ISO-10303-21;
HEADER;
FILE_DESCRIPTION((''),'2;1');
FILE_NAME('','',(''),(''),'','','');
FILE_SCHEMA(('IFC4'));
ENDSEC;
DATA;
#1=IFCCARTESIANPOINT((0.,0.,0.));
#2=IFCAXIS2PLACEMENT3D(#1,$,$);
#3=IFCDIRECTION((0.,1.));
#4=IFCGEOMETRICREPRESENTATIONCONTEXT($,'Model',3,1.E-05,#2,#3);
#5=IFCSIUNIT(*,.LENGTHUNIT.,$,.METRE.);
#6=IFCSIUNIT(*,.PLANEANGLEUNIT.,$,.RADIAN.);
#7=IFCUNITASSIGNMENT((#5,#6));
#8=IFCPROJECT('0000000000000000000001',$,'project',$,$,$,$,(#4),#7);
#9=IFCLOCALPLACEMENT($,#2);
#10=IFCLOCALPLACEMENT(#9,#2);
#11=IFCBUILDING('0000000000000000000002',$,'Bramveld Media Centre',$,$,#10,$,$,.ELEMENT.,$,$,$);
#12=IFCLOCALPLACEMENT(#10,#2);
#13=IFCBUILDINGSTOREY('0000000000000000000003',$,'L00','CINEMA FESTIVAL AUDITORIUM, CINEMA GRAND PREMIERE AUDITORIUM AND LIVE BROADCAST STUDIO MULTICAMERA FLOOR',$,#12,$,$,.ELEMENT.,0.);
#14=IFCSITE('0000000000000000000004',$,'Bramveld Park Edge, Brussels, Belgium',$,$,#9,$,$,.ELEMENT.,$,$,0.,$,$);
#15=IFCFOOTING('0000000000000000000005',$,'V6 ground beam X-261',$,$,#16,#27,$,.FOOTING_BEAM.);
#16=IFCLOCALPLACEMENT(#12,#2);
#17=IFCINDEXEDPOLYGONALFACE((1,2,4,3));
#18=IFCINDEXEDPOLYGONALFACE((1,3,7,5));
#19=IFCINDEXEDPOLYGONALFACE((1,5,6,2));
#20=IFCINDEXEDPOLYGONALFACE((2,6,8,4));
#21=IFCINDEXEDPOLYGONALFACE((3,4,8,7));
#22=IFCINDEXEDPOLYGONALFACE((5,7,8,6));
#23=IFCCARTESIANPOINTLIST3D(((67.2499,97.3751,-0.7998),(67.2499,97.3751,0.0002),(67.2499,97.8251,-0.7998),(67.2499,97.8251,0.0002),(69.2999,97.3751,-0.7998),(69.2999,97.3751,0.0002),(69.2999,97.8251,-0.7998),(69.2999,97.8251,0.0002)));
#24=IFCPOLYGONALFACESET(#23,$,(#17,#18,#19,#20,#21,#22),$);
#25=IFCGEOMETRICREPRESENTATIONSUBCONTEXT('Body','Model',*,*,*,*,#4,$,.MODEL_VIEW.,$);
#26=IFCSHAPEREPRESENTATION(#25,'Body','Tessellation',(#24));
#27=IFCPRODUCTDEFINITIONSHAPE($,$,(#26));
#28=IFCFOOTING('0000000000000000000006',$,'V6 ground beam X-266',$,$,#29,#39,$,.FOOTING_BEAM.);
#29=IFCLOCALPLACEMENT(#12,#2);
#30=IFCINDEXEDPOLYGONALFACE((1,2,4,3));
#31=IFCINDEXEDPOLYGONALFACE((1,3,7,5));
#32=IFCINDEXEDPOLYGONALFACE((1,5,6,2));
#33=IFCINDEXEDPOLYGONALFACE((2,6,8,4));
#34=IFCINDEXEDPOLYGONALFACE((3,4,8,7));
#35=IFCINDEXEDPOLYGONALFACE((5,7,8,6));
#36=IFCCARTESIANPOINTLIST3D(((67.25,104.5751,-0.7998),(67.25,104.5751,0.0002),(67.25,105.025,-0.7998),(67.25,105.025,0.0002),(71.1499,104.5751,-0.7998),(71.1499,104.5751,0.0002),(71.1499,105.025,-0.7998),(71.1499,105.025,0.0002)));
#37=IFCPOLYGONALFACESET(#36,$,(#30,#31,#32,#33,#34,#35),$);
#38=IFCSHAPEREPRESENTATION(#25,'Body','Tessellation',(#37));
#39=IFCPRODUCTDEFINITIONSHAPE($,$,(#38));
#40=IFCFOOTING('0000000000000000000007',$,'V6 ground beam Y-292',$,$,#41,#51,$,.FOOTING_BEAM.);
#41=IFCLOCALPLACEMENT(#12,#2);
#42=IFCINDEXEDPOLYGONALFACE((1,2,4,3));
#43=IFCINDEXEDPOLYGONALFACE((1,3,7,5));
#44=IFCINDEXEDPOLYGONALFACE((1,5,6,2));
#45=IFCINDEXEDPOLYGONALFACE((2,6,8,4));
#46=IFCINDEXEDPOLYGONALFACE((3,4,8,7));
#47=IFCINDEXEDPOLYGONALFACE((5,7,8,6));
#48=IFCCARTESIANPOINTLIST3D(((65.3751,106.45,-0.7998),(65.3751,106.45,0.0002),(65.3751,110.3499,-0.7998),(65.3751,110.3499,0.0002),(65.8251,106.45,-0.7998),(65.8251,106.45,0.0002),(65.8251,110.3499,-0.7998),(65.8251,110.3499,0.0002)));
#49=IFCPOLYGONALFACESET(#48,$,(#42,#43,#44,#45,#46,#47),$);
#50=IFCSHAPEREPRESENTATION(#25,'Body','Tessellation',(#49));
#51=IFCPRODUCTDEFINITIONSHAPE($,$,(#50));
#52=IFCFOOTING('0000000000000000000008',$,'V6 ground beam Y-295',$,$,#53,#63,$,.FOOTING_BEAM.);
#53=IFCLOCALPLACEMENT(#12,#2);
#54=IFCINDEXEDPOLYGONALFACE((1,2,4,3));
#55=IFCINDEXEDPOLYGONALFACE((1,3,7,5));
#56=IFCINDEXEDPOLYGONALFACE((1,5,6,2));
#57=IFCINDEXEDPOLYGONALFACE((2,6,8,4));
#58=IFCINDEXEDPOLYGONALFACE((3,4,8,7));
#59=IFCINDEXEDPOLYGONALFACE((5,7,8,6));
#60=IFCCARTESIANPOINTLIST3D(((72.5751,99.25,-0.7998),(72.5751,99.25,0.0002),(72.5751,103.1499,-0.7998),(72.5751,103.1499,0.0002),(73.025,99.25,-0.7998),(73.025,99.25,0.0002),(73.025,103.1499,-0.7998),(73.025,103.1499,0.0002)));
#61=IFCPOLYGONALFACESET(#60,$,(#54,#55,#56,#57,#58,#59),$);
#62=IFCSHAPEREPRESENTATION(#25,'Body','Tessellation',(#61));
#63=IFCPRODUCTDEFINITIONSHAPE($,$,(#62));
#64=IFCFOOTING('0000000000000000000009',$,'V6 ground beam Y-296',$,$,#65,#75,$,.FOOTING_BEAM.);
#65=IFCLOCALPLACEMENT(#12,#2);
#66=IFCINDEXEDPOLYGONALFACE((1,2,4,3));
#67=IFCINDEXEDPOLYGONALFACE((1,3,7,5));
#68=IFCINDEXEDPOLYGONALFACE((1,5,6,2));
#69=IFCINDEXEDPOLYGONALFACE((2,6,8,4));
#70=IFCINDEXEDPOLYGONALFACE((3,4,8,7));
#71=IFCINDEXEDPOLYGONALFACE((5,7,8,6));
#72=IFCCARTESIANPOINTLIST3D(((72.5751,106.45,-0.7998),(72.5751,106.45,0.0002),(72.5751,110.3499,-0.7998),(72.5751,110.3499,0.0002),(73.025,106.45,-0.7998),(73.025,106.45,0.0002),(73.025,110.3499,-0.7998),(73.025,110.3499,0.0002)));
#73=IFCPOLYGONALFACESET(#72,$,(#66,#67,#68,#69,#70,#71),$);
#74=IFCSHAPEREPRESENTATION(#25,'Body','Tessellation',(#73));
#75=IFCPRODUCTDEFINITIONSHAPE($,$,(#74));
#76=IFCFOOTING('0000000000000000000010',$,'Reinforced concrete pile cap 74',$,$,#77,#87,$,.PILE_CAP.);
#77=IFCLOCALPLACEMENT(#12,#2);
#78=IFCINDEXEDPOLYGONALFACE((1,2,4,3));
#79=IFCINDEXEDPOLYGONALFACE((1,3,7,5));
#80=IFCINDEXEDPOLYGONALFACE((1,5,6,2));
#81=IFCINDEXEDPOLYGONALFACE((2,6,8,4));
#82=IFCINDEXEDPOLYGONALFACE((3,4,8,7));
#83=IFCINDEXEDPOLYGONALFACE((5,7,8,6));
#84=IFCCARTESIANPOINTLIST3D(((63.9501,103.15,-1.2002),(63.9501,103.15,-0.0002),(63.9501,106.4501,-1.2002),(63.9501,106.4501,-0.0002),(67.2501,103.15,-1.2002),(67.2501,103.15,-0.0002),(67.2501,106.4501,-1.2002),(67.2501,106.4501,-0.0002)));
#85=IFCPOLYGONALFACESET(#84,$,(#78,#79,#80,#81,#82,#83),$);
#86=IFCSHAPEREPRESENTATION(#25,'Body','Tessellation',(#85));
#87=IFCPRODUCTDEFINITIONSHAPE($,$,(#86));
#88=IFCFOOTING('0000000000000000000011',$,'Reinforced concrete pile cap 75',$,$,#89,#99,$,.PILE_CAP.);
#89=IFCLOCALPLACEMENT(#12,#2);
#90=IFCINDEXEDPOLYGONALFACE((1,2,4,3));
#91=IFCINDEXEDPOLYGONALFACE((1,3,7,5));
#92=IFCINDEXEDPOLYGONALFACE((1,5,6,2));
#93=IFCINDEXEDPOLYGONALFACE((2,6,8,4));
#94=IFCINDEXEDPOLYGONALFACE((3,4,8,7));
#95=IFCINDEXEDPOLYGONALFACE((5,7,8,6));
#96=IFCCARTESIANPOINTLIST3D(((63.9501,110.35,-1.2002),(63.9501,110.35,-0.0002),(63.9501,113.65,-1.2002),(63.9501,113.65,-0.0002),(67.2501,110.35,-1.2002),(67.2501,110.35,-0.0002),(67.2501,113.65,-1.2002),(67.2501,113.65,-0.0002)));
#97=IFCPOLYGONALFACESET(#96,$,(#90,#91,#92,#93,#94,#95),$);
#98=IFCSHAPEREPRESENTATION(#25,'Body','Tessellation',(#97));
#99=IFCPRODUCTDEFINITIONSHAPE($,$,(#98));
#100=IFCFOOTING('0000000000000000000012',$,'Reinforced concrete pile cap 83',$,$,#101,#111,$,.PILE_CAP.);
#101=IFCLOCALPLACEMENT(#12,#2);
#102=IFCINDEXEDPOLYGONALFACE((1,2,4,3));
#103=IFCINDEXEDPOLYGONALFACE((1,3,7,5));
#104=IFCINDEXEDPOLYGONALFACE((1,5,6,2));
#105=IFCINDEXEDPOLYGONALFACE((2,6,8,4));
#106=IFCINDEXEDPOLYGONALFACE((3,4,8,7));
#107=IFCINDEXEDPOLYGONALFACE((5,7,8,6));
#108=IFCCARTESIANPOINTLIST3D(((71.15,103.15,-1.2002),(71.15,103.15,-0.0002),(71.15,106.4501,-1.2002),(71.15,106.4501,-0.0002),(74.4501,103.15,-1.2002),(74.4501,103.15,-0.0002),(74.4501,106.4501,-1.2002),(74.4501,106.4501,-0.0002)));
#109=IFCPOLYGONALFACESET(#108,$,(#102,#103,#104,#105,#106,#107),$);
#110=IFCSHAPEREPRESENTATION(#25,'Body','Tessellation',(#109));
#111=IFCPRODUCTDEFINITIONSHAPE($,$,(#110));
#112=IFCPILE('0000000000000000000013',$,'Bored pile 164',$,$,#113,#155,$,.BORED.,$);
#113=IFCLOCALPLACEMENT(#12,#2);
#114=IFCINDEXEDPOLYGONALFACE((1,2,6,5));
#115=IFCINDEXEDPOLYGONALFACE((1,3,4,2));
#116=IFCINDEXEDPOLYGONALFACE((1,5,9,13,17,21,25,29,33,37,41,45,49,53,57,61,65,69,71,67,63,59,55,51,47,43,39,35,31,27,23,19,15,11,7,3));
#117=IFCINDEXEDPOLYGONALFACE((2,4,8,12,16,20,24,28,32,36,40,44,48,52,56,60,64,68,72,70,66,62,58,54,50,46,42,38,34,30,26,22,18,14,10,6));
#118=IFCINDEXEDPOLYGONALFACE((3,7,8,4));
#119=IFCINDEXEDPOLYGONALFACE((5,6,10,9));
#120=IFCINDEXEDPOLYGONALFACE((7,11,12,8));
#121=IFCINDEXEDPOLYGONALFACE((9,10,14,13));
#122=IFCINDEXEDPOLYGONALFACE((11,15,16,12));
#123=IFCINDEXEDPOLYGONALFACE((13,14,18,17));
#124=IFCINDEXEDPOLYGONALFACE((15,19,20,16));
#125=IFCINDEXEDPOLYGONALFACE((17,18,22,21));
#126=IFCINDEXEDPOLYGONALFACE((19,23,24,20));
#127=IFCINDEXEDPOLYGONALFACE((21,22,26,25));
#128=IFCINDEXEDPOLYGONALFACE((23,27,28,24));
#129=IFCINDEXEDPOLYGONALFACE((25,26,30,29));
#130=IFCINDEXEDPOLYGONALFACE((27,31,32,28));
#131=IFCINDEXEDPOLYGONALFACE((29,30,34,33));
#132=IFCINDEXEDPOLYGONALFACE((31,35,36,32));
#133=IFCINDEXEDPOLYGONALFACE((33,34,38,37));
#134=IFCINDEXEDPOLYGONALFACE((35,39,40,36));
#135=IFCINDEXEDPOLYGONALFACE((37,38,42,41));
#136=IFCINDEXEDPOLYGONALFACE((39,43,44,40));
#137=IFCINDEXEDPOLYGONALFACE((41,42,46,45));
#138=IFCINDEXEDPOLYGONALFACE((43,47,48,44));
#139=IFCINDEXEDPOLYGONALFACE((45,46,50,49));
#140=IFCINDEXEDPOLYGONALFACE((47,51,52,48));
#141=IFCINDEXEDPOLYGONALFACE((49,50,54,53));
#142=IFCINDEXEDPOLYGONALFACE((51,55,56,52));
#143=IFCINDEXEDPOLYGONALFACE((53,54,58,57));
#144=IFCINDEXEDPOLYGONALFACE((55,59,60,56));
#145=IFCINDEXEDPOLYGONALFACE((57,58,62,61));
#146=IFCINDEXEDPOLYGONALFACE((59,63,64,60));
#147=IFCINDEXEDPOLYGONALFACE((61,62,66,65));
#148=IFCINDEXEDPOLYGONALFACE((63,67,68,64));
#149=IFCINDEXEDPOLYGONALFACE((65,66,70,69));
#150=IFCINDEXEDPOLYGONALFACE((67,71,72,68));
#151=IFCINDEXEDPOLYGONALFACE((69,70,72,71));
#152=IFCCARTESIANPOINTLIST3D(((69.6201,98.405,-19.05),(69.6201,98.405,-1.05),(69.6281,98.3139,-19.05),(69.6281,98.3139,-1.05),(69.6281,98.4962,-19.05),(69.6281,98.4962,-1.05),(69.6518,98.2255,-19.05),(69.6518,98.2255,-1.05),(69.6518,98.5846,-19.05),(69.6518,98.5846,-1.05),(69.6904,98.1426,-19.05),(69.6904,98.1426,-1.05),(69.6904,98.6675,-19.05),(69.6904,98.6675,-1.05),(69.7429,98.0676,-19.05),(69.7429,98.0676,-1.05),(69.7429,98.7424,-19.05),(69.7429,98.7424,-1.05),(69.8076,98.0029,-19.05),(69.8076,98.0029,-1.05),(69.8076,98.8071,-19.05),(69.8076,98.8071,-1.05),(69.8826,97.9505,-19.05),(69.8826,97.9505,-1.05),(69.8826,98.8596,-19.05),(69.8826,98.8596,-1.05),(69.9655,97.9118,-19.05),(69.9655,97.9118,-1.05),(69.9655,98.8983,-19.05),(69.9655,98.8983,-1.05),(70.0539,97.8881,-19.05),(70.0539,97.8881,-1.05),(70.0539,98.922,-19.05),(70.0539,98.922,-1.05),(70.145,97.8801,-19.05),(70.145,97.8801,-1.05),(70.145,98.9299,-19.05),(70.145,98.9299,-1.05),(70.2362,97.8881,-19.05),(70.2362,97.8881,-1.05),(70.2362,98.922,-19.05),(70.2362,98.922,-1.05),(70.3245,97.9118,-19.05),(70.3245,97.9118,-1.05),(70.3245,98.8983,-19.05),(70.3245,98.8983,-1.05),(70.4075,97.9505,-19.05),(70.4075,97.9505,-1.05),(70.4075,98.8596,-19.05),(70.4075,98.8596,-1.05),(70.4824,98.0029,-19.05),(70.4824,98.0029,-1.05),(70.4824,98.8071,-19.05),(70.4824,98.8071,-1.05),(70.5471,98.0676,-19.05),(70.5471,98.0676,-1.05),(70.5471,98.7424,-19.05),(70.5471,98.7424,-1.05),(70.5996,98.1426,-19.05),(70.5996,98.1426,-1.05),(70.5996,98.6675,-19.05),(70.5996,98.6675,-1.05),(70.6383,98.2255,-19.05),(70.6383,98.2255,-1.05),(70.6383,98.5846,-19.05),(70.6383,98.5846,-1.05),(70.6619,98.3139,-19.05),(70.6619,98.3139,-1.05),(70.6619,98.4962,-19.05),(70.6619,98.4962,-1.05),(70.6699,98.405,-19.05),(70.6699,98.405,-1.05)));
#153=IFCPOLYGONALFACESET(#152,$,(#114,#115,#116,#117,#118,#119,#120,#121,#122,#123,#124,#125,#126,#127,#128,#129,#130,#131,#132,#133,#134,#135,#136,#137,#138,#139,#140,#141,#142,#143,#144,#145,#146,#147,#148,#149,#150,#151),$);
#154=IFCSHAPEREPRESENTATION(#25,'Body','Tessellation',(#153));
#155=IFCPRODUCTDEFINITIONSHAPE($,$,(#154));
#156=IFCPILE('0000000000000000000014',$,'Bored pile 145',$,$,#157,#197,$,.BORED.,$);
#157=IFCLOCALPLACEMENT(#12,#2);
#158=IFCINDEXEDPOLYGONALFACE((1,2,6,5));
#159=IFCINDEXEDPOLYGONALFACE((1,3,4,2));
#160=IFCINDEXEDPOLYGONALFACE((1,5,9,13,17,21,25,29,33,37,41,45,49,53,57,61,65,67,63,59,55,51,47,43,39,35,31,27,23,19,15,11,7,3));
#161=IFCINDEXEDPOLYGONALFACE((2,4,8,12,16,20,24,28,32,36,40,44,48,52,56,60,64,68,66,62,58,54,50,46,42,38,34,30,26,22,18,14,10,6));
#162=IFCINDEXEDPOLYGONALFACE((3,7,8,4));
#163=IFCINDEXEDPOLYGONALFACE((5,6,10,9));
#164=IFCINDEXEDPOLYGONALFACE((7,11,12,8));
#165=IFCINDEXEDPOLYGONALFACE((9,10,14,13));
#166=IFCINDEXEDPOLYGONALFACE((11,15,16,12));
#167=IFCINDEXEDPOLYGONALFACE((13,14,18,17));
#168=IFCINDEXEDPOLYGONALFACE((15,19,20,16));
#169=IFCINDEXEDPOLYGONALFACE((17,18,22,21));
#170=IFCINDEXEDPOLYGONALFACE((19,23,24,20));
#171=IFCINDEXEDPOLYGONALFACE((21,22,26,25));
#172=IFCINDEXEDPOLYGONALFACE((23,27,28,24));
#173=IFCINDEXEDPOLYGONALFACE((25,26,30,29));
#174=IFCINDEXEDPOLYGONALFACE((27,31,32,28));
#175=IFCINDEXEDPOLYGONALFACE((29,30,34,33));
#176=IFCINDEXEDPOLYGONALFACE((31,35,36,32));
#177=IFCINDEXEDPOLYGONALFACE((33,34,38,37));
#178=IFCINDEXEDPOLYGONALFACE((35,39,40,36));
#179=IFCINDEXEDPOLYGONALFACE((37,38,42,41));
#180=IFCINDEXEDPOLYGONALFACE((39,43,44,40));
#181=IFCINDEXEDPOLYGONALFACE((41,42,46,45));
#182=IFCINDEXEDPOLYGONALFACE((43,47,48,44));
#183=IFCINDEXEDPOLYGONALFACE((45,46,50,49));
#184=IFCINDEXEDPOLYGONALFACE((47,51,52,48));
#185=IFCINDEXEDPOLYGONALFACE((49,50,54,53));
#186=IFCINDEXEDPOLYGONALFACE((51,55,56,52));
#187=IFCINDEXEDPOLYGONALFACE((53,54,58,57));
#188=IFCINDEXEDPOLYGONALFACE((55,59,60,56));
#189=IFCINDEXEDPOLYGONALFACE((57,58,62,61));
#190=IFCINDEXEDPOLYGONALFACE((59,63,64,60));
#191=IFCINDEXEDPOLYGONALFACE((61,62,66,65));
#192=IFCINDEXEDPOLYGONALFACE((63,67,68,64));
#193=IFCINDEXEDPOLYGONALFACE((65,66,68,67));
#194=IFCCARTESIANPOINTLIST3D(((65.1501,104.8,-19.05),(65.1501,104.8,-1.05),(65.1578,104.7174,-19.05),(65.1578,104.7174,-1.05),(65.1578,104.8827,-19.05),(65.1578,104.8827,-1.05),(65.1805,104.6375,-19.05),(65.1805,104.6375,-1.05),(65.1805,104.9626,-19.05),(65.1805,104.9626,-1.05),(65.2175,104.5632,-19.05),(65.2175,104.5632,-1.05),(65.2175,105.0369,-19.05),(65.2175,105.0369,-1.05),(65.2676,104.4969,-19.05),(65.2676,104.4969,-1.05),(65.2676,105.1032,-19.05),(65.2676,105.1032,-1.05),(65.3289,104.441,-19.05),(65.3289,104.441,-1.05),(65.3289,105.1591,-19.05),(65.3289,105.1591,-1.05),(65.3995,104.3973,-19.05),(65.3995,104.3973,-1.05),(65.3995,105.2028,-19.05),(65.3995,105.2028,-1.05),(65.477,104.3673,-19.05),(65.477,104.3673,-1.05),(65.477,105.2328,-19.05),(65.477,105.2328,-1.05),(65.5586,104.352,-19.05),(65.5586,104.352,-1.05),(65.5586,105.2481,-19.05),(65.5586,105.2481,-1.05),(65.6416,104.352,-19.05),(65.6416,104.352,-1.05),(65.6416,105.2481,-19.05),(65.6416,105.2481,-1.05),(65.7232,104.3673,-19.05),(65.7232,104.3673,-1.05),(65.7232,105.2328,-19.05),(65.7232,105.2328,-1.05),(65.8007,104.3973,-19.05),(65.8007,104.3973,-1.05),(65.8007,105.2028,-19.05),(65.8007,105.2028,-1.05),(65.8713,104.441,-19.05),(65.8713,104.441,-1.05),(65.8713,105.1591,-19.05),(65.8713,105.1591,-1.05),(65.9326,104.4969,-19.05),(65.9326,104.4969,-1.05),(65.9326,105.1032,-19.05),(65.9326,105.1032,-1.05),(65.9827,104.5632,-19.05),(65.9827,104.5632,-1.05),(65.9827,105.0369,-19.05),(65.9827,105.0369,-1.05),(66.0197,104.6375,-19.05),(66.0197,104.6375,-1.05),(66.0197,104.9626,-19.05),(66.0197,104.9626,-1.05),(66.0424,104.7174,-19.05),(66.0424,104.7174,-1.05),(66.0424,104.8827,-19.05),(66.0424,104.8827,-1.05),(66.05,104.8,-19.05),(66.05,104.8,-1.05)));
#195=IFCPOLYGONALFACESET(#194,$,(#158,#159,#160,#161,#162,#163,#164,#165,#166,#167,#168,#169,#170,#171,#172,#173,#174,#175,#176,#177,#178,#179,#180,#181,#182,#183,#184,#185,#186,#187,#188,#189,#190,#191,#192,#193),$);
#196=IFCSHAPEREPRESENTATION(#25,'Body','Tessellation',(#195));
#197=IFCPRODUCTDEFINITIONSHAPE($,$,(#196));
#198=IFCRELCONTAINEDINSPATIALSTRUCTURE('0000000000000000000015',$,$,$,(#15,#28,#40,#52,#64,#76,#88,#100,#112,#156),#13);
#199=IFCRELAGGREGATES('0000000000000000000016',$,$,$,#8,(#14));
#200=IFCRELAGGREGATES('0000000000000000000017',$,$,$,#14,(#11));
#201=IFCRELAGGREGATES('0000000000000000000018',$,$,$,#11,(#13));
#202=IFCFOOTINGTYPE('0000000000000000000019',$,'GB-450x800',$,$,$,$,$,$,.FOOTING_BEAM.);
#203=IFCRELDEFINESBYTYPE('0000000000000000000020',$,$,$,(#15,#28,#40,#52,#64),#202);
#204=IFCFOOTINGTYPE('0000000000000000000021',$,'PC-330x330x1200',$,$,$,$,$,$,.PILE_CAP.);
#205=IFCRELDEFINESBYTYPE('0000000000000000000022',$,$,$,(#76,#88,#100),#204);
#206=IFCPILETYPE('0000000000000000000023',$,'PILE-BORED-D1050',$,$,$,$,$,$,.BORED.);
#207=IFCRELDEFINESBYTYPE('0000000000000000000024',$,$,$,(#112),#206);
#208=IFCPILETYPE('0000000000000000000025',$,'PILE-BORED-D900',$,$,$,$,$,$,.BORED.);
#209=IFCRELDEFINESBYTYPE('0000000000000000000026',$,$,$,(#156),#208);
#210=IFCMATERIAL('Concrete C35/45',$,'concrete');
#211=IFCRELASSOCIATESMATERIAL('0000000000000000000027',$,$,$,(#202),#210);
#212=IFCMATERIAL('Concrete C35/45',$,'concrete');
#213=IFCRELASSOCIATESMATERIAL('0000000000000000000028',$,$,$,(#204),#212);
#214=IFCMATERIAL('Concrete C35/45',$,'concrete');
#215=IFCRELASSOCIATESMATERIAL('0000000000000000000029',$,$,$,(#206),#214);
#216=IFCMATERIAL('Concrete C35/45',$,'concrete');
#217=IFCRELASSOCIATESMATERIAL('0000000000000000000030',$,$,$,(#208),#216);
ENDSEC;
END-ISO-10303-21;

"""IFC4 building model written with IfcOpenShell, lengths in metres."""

from ifc_helpers import new_model, si_unit, direction, frame, origin, origin_2d, place, context, subcontext, project, spatial, rectangle, circle, extrude, material, material_profile, profile_set, type_object, element, save


model = new_model("IFC4")

# Units and contexts
model_context = context("Model", 3, precision=1e-05, world=origin(), true_north=direction((0.0, 1.0)))
body_context = subcontext(model_context, "Body", "Model", "MODEL_VIEW")
ifc_project = project(units=[si_unit("LENGTHUNIT", "METRE"), si_unit("PLANEANGLEUNIT", "RADIAN")], contexts=[model_context])

# Site, building, storey
site_placement = place(None, origin())
site = spatial("IfcSite", under=ifc_project, at=site_placement, Name="Bramveld Park Edge, Brussels, Belgium", CompositionType="ELEMENT", RefElevation=0.0)
building_placement = place(site_placement, origin())
building = spatial("IfcBuilding", under=site, at=building_placement, Name="Bramveld Media Centre", CompositionType="ELEMENT")
storey_placement = place(building_placement, origin())
storey = spatial("IfcBuildingStorey", under=building, at=storey_placement, Name="L00", Description="CINEMA FESTIVAL AUDITORIUM, CINEMA GRAND PREMIERE AUDITORIUM AND LIVE BROADCAST STUDIO MULTICAMERA FLOOR", CompositionType="ELEMENT", Elevation=0.0)

# Footings
ifc_material_1 = material(Name="Concrete C35/45", Category="concrete")
footing_type_1 = type_object("IfcFootingType", Name="GB-450x800", PredefinedType="FOOTING_BEAM", material=ifc_material_1)
footing_1_placement = place(storey_placement, frame((68.2749, 97.6001, -0.7998), z_axis=(0.0, 0.0, 1.0), x_axis=(1.0, 0.0, 0.0)))
element("IfcFooting", 1, at=footing_1_placement, inside=storey, type_object=footing_type_1, Name="V6 ground beam X-261", PredefinedType="FOOTING_BEAM", context=body_context, shape_type="SweptSolid", body=[
    extrude(rectangle(XDim=2.05, YDim=0.45, at=origin_2d()), origin(), (0.0, 0.0, 1.0), 0.8),
])
footing_2_placement = place(storey_placement, frame((69.2, 104.8, -0.7998), z_axis=(0.0, 0.0, 1.0), x_axis=(1.0, 0.0, 0.0)))
element("IfcFooting", 2, at=footing_2_placement, inside=storey, type_object=footing_type_1, Name="V6 ground beam X-266", PredefinedType="FOOTING_BEAM", context=body_context, shape_type="SweptSolid", body=[
    extrude(rectangle(XDim=3.8999, YDim=0.45, at=origin_2d()), origin(), (0.0, 0.0, 1.0), 0.8),
])
for number, where, z_axis, x_axis, name in (
    (3, (65.6001, 108.3999, -0.7998), (0.0, 0.0, 1.0), (1.0, 0.0, 0.0), "V6 ground beam Y-292"),
    (4, (72.8, 101.2, -0.7998), (0.0, 0.0, 1.0), (1.0, 0.0, 0.0), "V6 ground beam Y-295"),
    (5, (72.8, 108.3999, -0.7998), (0.0, 0.0, 1.0), (1.0, 0.0, 0.0), "V6 ground beam Y-296"),
):
    element("IfcFooting", number, at=place(storey_placement, frame(where, z_axis=z_axis, x_axis=x_axis)), inside=storey, type_object=footing_type_1, Name=name, PredefinedType="FOOTING_BEAM", context=body_context, shape_type="SweptSolid", body=[
        extrude(rectangle(XDim=0.45, YDim=3.8999, at=origin_2d()), origin(), (0.0, 0.0, 1.0), 0.8),
    ])
ifc_material_2 = material(Name="Concrete C35/45", Category="concrete")
footing_type_2 = type_object("IfcFootingType", Name="PC-330x330x1200", PredefinedType="PILE_CAP", material=ifc_material_2)
for number, where, z_axis, x_axis, name in (
    (6, (65.6001, 104.8, -1.2002), (0.0, 0.0, 1.0), (1.0, 0.0, 0.0), "Reinforced concrete pile cap 74"),
    (7, (65.6001, 112.0, -1.2002), (0.0, 0.0, 1.0), (1.0, 0.0, 0.0), "Reinforced concrete pile cap 75"),
    (8, (72.8, 104.8, -1.2002), (0.0, 0.0, 1.0), (1.0, 0.0, 0.0), "Reinforced concrete pile cap 83"),
):
    element("IfcFooting", number, at=place(storey_placement, frame(where, z_axis=z_axis, x_axis=x_axis)), inside=storey, type_object=footing_type_2, Name=name, PredefinedType="PILE_CAP", context=body_context, shape_type="SweptSolid", body=[
        extrude(rectangle(XDim=3.3, YDim=3.3, at=origin_2d()), origin(), (0.0, 0.0, 1.0), 1.2),
    ])

# Piles
ifc_material_3 = material(Name="Concrete C35/45", Category="concrete")
ifc_material_profile_1 = material_profile(ifc_material_3, circle(Radius=0.5249, at=origin_2d()), Name="BORED D1050")
ifc_profile_set_1 = profile_set([ifc_material_profile_1], Name="Concrete C35/45")
pile_type_1 = type_object("IfcPileType", Name="PILE-BORED-D1050", PredefinedType="BORED", material=ifc_profile_set_1)
pile_placement = place(storey_placement, frame((70.145, 98.405, -1.05), z_axis=(0.0, 0.0, -1.0), x_axis=(1.0, 0.0, 0.0)))
element("IfcPile", 9, at=pile_placement, inside=storey, type_object=pile_type_1, Name="Bored pile 164", PredefinedType="BORED", context=body_context, shape_type="SweptSolid", body=[
    extrude(circle(Radius=0.5249, at=origin_2d()), origin(), (0.0, 0.0, 1.0), 18.0),
])
ifc_material_4 = material(Name="Concrete C35/45", Category="concrete")
ifc_material_profile_2 = material_profile(ifc_material_4, circle(Radius=0.45, at=origin_2d()), Name="BORED D900")
ifc_profile_set_2 = profile_set([ifc_material_profile_2], Name="Concrete C35/45")
pile_type_2 = type_object("IfcPileType", Name="PILE-BORED-D900", PredefinedType="BORED", material=ifc_profile_set_2)
for number, where, z_axis, x_axis, name in (
    (10, (65.6001, 104.8, -1.05), (0.0, 0.0, -1.0), (1.0, 0.0, 0.0), "Bored pile 145"),
):
    element("IfcPile", number, at=place(storey_placement, frame(where, z_axis=z_axis, x_axis=x_axis)), inside=storey, type_object=pile_type_2, Name=name, PredefinedType="BORED", context=body_context, shape_type="SweptSolid", body=[
        extrude(circle(Radius=0.45, at=origin_2d()), origin(), (0.0, 0.0, 1.0), 18.0),
    ])

save(model, "model.ifc")
